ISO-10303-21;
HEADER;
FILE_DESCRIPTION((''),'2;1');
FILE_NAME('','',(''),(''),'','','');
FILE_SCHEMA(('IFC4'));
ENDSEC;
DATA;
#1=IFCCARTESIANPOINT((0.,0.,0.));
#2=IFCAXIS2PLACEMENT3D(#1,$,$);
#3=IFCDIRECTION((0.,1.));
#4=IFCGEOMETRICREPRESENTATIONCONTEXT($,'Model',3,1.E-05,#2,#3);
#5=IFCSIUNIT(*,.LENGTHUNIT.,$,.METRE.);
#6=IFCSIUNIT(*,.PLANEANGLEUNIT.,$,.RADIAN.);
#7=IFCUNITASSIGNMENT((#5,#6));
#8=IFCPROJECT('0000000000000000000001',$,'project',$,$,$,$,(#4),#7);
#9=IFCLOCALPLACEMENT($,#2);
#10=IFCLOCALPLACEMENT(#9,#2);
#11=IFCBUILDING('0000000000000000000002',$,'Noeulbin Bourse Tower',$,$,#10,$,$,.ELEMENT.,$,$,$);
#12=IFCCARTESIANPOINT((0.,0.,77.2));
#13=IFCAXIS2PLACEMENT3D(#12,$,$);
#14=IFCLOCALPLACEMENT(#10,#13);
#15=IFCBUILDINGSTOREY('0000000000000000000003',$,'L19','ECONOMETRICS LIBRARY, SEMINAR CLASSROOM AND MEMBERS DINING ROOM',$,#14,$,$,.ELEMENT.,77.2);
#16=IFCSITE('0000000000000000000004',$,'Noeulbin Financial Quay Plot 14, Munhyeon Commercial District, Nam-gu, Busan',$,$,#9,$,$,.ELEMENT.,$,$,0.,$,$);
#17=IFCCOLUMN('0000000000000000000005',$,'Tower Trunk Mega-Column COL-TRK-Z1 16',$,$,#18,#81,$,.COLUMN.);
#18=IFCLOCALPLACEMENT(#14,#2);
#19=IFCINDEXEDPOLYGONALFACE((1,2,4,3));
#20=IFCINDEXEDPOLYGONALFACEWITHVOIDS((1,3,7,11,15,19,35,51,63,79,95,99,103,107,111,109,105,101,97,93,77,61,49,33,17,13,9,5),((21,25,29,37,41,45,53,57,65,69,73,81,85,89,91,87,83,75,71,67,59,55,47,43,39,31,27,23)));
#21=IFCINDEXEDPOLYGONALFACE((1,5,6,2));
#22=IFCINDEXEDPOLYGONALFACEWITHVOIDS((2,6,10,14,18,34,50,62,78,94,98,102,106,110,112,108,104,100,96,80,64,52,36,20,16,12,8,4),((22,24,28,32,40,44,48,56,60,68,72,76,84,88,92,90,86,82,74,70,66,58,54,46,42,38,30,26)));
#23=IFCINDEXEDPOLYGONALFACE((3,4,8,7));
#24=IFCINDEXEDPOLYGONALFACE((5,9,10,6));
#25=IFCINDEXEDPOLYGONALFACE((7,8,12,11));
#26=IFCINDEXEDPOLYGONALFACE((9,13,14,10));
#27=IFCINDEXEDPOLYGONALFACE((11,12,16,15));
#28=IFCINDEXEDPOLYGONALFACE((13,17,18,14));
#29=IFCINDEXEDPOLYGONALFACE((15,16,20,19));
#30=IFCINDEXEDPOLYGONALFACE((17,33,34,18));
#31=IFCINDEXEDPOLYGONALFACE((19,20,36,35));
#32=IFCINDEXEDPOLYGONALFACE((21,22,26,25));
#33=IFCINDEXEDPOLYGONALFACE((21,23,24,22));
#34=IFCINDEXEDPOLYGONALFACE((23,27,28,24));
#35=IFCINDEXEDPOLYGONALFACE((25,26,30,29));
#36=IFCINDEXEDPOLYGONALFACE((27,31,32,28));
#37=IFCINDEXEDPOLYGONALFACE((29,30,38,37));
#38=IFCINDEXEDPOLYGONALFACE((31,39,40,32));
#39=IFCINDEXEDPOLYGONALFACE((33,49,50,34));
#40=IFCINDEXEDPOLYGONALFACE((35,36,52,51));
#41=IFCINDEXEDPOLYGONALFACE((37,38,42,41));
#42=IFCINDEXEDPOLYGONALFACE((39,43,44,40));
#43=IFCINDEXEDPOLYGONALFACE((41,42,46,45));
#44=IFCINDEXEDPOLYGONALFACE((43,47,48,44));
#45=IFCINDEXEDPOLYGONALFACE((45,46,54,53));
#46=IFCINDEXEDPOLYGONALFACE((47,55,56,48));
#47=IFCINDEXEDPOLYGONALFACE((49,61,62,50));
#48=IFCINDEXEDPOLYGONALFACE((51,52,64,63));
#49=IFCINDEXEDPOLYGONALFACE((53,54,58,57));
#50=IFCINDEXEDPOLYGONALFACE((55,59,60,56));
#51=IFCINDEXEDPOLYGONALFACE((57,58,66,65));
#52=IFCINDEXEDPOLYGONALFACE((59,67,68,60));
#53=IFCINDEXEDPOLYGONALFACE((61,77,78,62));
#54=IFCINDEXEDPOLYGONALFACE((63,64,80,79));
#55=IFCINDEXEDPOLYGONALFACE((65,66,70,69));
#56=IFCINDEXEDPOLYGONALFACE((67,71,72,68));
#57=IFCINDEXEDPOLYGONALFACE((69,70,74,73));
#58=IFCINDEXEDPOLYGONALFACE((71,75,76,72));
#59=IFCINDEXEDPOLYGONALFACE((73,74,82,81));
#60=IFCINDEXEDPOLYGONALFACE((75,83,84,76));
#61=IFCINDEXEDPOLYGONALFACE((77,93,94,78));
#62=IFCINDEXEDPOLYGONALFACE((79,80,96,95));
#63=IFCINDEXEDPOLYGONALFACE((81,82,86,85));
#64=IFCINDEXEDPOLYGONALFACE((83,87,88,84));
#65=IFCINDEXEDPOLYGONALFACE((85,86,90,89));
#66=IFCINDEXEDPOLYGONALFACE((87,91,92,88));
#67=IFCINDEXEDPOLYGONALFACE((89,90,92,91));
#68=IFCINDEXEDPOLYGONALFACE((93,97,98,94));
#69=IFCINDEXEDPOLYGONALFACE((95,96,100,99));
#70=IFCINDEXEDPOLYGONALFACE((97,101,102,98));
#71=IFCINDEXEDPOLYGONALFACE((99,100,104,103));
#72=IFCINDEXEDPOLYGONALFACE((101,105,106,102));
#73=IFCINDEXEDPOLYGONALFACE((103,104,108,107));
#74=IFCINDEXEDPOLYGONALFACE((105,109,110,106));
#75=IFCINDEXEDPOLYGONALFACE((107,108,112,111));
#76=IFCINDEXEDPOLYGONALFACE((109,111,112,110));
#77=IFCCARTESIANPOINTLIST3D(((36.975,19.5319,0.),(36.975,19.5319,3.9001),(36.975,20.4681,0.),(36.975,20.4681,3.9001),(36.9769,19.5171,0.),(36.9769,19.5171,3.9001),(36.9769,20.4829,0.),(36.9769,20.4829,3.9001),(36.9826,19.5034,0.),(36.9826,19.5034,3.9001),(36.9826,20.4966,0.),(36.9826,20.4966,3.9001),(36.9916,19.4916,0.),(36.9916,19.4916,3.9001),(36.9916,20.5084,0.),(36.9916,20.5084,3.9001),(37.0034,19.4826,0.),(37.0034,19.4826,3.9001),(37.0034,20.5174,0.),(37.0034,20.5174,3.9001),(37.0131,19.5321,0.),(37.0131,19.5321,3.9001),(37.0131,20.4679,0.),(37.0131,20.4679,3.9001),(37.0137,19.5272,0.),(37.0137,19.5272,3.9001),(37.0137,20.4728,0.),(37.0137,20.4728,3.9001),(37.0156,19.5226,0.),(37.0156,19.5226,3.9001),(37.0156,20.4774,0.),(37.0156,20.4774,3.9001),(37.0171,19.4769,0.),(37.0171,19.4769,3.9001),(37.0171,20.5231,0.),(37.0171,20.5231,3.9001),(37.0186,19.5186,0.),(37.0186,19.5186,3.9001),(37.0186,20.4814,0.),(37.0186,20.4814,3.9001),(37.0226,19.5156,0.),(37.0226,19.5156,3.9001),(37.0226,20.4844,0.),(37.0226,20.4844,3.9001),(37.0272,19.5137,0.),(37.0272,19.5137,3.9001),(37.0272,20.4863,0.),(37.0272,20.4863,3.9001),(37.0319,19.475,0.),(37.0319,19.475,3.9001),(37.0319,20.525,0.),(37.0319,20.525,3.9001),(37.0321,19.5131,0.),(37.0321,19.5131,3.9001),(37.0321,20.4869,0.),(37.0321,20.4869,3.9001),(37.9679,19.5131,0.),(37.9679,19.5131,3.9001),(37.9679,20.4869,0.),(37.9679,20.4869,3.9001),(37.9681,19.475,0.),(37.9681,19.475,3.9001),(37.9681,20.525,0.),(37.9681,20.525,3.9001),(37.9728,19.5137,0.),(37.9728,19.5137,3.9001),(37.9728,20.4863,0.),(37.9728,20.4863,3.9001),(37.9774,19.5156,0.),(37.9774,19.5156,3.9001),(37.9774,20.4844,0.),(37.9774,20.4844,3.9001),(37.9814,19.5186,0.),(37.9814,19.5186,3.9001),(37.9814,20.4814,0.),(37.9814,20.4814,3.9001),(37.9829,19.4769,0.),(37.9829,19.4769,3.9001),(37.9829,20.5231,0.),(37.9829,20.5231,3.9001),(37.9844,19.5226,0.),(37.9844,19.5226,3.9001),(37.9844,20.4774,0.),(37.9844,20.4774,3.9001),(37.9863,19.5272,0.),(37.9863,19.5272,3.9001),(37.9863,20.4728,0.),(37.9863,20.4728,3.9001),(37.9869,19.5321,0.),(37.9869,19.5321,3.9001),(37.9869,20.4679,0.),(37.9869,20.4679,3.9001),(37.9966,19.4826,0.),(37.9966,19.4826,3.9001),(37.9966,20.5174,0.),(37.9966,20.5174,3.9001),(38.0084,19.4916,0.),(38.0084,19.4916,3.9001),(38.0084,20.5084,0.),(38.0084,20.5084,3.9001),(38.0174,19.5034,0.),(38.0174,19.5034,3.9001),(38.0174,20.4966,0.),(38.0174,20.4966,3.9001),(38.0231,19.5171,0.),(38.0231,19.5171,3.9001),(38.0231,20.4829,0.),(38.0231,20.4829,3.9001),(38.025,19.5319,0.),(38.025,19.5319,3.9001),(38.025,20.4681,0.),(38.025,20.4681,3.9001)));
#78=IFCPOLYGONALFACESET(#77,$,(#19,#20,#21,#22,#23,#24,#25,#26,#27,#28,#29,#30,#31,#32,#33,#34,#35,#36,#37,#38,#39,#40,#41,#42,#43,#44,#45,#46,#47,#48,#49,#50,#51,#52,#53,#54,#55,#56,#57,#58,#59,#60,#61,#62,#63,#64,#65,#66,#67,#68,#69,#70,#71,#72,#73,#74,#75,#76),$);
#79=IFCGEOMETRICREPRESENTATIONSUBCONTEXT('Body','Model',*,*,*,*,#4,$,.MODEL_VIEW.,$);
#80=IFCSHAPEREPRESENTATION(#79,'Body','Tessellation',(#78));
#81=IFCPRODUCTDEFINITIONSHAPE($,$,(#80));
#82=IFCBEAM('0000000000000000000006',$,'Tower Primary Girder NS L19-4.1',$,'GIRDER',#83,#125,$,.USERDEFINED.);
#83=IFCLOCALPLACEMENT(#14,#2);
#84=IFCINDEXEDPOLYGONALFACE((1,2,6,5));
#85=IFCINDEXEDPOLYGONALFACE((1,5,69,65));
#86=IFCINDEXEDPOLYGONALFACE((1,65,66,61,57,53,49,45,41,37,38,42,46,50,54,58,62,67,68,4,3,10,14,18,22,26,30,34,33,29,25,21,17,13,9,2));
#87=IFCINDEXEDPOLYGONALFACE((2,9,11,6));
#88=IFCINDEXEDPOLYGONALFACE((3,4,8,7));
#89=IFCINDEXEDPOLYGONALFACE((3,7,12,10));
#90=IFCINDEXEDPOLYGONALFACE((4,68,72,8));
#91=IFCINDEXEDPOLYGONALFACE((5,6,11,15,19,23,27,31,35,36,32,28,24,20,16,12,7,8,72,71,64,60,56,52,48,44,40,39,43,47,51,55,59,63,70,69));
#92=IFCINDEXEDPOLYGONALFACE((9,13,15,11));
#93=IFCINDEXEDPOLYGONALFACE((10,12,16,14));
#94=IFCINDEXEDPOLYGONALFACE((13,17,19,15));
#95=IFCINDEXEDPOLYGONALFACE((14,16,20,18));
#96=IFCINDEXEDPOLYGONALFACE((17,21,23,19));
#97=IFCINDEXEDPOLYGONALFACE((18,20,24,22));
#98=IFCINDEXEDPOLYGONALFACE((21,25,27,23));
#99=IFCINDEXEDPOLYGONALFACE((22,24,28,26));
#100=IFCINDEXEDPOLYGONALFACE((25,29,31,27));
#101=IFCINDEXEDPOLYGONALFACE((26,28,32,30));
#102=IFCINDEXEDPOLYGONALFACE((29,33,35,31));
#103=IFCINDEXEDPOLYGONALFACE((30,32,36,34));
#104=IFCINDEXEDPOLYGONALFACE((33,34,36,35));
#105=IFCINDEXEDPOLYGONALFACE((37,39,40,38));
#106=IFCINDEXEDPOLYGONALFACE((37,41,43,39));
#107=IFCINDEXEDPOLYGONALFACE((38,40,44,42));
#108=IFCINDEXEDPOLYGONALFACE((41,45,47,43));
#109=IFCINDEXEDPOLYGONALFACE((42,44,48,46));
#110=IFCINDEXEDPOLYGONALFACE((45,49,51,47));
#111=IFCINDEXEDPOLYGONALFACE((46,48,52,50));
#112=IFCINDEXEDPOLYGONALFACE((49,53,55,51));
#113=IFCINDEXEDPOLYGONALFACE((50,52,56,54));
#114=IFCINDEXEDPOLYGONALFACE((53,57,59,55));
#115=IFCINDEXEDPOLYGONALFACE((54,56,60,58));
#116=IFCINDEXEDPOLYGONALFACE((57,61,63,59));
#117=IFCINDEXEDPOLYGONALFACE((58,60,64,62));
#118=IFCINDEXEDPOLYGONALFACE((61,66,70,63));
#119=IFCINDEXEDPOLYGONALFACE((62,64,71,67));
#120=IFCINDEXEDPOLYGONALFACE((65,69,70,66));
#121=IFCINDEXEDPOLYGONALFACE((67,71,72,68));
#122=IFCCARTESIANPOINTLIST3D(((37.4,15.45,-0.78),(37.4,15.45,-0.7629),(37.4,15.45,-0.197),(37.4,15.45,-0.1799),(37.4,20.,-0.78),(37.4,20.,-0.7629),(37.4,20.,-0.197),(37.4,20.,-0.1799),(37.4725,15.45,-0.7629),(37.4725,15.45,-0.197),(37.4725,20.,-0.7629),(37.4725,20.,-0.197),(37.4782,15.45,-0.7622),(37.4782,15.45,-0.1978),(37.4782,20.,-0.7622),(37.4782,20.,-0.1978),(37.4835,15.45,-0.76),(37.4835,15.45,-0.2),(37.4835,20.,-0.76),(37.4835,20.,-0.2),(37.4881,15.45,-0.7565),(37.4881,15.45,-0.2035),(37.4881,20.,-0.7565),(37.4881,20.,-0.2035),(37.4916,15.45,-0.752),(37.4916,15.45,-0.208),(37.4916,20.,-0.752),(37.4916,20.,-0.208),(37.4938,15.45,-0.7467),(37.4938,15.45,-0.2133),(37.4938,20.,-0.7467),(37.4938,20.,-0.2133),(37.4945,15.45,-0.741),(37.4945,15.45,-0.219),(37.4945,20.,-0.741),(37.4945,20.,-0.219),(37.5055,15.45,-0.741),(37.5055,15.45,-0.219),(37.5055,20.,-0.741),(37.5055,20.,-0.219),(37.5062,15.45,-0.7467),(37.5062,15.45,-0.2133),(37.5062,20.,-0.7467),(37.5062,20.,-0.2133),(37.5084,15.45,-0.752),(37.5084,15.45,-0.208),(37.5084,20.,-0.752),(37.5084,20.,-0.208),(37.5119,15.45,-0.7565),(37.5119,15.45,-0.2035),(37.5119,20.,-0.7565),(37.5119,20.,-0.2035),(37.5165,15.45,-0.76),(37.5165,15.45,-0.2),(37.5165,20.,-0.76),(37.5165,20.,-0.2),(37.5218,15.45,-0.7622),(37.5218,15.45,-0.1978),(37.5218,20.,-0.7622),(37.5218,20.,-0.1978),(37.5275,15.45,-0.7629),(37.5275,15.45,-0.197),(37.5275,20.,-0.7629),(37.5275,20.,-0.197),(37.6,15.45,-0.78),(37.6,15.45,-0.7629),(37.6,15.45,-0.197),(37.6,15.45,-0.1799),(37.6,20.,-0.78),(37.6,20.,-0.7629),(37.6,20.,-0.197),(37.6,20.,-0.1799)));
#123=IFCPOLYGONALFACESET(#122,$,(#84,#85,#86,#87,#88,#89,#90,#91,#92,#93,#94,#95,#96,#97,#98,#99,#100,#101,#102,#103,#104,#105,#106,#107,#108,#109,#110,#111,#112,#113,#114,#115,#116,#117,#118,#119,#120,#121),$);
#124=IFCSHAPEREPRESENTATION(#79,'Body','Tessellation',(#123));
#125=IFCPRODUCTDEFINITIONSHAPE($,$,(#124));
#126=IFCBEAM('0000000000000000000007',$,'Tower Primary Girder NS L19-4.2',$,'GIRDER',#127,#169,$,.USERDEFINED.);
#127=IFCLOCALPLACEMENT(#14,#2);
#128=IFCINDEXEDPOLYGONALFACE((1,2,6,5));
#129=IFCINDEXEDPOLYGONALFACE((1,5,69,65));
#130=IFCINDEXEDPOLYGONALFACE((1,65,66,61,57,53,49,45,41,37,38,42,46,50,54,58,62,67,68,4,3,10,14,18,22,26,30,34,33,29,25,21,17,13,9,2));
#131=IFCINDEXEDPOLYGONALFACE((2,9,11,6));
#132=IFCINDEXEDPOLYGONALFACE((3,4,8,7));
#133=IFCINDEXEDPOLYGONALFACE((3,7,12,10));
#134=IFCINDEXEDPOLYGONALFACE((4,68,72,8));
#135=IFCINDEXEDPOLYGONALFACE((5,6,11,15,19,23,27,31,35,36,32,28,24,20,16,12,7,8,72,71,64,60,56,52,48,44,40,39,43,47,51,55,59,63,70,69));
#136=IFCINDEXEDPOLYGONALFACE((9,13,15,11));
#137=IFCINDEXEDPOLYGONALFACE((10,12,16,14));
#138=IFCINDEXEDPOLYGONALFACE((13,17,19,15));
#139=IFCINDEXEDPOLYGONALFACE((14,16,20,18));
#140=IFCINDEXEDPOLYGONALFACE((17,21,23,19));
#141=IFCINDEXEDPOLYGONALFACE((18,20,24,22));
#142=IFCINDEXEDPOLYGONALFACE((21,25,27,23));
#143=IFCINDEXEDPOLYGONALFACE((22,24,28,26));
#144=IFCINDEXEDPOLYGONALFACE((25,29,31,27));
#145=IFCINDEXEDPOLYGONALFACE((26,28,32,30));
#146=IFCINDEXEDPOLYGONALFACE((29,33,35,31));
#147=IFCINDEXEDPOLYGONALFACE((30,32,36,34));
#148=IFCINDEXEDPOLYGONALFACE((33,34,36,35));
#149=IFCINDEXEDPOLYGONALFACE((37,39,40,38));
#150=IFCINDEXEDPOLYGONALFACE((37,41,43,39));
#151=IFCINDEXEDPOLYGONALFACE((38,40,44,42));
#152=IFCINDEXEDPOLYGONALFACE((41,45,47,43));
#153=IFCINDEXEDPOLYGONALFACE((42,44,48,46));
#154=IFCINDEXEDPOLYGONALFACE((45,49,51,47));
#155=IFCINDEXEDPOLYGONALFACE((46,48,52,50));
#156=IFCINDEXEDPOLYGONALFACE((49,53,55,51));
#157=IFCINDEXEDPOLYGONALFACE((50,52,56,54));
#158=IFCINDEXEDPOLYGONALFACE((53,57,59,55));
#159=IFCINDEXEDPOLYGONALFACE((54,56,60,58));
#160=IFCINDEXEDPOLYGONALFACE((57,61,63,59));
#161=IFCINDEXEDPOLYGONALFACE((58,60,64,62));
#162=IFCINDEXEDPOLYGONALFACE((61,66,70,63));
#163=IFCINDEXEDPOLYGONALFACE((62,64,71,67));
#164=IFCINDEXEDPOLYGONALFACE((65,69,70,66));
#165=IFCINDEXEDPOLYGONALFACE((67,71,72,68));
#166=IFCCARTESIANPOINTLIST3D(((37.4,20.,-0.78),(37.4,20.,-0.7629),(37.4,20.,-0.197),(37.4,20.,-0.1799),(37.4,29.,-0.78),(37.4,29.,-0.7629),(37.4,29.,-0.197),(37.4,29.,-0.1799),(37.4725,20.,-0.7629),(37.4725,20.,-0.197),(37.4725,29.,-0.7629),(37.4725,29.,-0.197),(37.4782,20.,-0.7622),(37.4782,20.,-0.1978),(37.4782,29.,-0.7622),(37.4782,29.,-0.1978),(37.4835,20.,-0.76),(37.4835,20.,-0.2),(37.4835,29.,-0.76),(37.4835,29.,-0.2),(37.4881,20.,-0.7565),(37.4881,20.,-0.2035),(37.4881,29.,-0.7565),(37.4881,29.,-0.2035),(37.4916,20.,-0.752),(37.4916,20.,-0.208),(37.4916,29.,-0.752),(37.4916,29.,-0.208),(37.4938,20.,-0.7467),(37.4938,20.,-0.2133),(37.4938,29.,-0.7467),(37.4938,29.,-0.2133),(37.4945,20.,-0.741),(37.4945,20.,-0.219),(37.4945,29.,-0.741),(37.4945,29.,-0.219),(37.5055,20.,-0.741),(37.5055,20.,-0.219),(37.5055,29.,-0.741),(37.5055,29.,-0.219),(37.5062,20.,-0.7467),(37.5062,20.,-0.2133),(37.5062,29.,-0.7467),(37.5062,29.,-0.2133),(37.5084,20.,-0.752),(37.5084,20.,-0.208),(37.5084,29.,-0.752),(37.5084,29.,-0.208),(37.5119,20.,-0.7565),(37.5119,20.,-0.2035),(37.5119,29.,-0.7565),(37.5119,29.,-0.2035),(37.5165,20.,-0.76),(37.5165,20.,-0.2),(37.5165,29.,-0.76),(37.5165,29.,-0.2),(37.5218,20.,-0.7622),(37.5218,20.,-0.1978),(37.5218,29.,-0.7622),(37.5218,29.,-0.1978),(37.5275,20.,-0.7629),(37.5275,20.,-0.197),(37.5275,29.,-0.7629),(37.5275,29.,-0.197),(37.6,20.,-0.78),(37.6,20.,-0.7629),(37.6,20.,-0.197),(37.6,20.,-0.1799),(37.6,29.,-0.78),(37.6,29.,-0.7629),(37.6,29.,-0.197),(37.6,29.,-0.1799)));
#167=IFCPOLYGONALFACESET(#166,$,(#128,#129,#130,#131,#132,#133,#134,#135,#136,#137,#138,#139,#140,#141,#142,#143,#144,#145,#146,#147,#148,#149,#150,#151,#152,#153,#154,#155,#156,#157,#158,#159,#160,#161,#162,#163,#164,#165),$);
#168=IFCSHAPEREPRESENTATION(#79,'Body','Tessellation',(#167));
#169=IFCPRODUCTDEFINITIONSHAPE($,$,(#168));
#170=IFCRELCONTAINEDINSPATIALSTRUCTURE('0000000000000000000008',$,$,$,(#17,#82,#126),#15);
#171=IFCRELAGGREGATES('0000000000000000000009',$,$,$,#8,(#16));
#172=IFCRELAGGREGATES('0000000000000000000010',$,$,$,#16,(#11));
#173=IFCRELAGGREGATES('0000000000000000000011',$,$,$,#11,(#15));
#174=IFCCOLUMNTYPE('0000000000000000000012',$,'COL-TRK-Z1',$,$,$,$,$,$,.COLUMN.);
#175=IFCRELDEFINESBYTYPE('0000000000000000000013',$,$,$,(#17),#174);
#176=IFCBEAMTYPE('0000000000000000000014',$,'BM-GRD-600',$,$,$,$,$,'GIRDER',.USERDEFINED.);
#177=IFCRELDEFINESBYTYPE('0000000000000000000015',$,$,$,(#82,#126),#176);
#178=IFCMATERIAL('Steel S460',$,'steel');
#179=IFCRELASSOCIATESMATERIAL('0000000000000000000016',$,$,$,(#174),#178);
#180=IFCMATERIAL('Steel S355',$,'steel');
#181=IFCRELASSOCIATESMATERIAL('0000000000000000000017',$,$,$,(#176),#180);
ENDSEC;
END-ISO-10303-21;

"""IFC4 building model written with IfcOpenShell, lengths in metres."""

from ifc_helpers import new_model, si_unit, direction, frame, origin, origin_2d, place, context, subcontext, project, spatial, hollow_rectangle, i_section, extrude, material, material_profile, profile_set, type_object, element, save


model = new_model("IFC4")

# Units and contexts
model_context = context("Model", 3, precision=1e-05, world=origin(), true_north=direction((0.0, 1.0)))
body_context = subcontext(model_context, "Body", "Model", "MODEL_VIEW")
ifc_project = project(units=[si_unit("LENGTHUNIT", "METRE"), si_unit("PLANEANGLEUNIT", "RADIAN")], contexts=[model_context])

# Site, building, storey
site_placement = place(None, origin())
site = spatial("IfcSite", under=ifc_project, at=site_placement, Name="Noeulbin Financial Quay Plot 14, Munhyeon Commercial District, Nam-gu, Busan", CompositionType="ELEMENT", RefElevation=0.0)
building_placement = place(site_placement, origin())
building = spatial("IfcBuilding", under=site, at=building_placement, Name="Noeulbin Bourse Tower", CompositionType="ELEMENT")
storey_placement = place(building_placement, frame((0.0, 0.0, 77.2)))
storey = spatial("IfcBuildingStorey", under=building, at=storey_placement, Name="L19", Description="ECONOMETRICS LIBRARY, SEMINAR CLASSROOM AND MEMBERS DINING ROOM", CompositionType="ELEMENT", Elevation=77.2)

# Column
ifc_material_1 = material(Name="Steel S355", Category="steel")
ifc_material_2 = material(Name="Steel S460", Category="steel")
ifc_material_profile_1 = material_profile(ifc_material_2, hollow_rectangle(XDim=1.05, YDim=1.05, WallThickness=0.0381, InnerFilletRadius=0.019, OuterFilletRadius=0.0569, at=origin_2d()), Name="BOX-1050x1050x38", Category="LoadBearing")
ifc_profile_set_1 = profile_set([ifc_material_profile_1], Name="Steel S460")
column_type_1 = type_object("IfcColumnType", Name="COL-TRK-Z1", PredefinedType="COLUMN", material=ifc_profile_set_1)
column_1_placement = place(storey_placement, frame((37.5, 20.0, 0.0), z_axis=(0.0, 0.0, 1.0), x_axis=(1.0, 0.0, 0.0)))
element("IfcColumn", 1, at=column_1_placement, inside=storey, type_object=column_type_1, Name="Tower Trunk Mega-Column COL-TRK-Z1 16", PredefinedType="COLUMN", context=body_context, shape_type="SweptSolid", body=[
    extrude(hollow_rectangle(XDim=1.05, YDim=1.05, WallThickness=0.0381, InnerFilletRadius=0.019, OuterFilletRadius=0.0569, at=origin_2d()), origin(), (0.0, 0.0, 1.0), 3.9001),
])

# Beams
ifc_material_profile_2 = material_profile(ifc_material_1, i_section(OverallWidth=0.2, OverallDepth=0.6001, WebThickness=0.011, FlangeThickness=0.0171, FilletRadius=0.022, at=origin_2d()), Name="H-600x200x11x17", Category="LoadBearing")
ifc_profile_set_2 = profile_set([ifc_material_profile_2], Name="Steel S355")
beam_type_1 = type_object("IfcBeamType", Name="BM-GRD-600", ElementType="GIRDER", PredefinedType="USERDEFINED", material=ifc_profile_set_2)
beam_1_placement = place(storey_placement, frame((37.5, 15.45, -0.48), z_axis=(0.0, 1.0, 0.0), x_axis=(-1.0, 0.0, 0.0)))
element("IfcBeam", 2, at=beam_1_placement, inside=storey, type_object=beam_type_1, Name="Tower Primary Girder NS L19-4.1", ObjectType="GIRDER", PredefinedType="USERDEFINED", context=body_context, shape_type="SweptSolid", body=[
    extrude(i_section(OverallWidth=0.2, OverallDepth=0.6001, WebThickness=0.011, FlangeThickness=0.0171, FilletRadius=0.022, at=origin_2d()), origin(), (0.0, 0.0, 1.0), 4.55),
])
beam_2_placement = place(storey_placement, frame((37.5, 20.0, -0.48), z_axis=(0.0, 1.0, 0.0), x_axis=(-1.0, 0.0, 0.0)))
element("IfcBeam", 3, at=beam_2_placement, inside=storey, type_object=beam_type_1, Name="Tower Primary Girder NS L19-4.2", ObjectType="GIRDER", PredefinedType="USERDEFINED", context=body_context, shape_type="SweptSolid", body=[
    extrude(i_section(OverallWidth=0.2, OverallDepth=0.6001, WebThickness=0.011, FlangeThickness=0.0171, FilletRadius=0.022, at=origin_2d()), origin(), (0.0, 0.0, 1.0), 9.0),
])

save(model, "model.ifc")
